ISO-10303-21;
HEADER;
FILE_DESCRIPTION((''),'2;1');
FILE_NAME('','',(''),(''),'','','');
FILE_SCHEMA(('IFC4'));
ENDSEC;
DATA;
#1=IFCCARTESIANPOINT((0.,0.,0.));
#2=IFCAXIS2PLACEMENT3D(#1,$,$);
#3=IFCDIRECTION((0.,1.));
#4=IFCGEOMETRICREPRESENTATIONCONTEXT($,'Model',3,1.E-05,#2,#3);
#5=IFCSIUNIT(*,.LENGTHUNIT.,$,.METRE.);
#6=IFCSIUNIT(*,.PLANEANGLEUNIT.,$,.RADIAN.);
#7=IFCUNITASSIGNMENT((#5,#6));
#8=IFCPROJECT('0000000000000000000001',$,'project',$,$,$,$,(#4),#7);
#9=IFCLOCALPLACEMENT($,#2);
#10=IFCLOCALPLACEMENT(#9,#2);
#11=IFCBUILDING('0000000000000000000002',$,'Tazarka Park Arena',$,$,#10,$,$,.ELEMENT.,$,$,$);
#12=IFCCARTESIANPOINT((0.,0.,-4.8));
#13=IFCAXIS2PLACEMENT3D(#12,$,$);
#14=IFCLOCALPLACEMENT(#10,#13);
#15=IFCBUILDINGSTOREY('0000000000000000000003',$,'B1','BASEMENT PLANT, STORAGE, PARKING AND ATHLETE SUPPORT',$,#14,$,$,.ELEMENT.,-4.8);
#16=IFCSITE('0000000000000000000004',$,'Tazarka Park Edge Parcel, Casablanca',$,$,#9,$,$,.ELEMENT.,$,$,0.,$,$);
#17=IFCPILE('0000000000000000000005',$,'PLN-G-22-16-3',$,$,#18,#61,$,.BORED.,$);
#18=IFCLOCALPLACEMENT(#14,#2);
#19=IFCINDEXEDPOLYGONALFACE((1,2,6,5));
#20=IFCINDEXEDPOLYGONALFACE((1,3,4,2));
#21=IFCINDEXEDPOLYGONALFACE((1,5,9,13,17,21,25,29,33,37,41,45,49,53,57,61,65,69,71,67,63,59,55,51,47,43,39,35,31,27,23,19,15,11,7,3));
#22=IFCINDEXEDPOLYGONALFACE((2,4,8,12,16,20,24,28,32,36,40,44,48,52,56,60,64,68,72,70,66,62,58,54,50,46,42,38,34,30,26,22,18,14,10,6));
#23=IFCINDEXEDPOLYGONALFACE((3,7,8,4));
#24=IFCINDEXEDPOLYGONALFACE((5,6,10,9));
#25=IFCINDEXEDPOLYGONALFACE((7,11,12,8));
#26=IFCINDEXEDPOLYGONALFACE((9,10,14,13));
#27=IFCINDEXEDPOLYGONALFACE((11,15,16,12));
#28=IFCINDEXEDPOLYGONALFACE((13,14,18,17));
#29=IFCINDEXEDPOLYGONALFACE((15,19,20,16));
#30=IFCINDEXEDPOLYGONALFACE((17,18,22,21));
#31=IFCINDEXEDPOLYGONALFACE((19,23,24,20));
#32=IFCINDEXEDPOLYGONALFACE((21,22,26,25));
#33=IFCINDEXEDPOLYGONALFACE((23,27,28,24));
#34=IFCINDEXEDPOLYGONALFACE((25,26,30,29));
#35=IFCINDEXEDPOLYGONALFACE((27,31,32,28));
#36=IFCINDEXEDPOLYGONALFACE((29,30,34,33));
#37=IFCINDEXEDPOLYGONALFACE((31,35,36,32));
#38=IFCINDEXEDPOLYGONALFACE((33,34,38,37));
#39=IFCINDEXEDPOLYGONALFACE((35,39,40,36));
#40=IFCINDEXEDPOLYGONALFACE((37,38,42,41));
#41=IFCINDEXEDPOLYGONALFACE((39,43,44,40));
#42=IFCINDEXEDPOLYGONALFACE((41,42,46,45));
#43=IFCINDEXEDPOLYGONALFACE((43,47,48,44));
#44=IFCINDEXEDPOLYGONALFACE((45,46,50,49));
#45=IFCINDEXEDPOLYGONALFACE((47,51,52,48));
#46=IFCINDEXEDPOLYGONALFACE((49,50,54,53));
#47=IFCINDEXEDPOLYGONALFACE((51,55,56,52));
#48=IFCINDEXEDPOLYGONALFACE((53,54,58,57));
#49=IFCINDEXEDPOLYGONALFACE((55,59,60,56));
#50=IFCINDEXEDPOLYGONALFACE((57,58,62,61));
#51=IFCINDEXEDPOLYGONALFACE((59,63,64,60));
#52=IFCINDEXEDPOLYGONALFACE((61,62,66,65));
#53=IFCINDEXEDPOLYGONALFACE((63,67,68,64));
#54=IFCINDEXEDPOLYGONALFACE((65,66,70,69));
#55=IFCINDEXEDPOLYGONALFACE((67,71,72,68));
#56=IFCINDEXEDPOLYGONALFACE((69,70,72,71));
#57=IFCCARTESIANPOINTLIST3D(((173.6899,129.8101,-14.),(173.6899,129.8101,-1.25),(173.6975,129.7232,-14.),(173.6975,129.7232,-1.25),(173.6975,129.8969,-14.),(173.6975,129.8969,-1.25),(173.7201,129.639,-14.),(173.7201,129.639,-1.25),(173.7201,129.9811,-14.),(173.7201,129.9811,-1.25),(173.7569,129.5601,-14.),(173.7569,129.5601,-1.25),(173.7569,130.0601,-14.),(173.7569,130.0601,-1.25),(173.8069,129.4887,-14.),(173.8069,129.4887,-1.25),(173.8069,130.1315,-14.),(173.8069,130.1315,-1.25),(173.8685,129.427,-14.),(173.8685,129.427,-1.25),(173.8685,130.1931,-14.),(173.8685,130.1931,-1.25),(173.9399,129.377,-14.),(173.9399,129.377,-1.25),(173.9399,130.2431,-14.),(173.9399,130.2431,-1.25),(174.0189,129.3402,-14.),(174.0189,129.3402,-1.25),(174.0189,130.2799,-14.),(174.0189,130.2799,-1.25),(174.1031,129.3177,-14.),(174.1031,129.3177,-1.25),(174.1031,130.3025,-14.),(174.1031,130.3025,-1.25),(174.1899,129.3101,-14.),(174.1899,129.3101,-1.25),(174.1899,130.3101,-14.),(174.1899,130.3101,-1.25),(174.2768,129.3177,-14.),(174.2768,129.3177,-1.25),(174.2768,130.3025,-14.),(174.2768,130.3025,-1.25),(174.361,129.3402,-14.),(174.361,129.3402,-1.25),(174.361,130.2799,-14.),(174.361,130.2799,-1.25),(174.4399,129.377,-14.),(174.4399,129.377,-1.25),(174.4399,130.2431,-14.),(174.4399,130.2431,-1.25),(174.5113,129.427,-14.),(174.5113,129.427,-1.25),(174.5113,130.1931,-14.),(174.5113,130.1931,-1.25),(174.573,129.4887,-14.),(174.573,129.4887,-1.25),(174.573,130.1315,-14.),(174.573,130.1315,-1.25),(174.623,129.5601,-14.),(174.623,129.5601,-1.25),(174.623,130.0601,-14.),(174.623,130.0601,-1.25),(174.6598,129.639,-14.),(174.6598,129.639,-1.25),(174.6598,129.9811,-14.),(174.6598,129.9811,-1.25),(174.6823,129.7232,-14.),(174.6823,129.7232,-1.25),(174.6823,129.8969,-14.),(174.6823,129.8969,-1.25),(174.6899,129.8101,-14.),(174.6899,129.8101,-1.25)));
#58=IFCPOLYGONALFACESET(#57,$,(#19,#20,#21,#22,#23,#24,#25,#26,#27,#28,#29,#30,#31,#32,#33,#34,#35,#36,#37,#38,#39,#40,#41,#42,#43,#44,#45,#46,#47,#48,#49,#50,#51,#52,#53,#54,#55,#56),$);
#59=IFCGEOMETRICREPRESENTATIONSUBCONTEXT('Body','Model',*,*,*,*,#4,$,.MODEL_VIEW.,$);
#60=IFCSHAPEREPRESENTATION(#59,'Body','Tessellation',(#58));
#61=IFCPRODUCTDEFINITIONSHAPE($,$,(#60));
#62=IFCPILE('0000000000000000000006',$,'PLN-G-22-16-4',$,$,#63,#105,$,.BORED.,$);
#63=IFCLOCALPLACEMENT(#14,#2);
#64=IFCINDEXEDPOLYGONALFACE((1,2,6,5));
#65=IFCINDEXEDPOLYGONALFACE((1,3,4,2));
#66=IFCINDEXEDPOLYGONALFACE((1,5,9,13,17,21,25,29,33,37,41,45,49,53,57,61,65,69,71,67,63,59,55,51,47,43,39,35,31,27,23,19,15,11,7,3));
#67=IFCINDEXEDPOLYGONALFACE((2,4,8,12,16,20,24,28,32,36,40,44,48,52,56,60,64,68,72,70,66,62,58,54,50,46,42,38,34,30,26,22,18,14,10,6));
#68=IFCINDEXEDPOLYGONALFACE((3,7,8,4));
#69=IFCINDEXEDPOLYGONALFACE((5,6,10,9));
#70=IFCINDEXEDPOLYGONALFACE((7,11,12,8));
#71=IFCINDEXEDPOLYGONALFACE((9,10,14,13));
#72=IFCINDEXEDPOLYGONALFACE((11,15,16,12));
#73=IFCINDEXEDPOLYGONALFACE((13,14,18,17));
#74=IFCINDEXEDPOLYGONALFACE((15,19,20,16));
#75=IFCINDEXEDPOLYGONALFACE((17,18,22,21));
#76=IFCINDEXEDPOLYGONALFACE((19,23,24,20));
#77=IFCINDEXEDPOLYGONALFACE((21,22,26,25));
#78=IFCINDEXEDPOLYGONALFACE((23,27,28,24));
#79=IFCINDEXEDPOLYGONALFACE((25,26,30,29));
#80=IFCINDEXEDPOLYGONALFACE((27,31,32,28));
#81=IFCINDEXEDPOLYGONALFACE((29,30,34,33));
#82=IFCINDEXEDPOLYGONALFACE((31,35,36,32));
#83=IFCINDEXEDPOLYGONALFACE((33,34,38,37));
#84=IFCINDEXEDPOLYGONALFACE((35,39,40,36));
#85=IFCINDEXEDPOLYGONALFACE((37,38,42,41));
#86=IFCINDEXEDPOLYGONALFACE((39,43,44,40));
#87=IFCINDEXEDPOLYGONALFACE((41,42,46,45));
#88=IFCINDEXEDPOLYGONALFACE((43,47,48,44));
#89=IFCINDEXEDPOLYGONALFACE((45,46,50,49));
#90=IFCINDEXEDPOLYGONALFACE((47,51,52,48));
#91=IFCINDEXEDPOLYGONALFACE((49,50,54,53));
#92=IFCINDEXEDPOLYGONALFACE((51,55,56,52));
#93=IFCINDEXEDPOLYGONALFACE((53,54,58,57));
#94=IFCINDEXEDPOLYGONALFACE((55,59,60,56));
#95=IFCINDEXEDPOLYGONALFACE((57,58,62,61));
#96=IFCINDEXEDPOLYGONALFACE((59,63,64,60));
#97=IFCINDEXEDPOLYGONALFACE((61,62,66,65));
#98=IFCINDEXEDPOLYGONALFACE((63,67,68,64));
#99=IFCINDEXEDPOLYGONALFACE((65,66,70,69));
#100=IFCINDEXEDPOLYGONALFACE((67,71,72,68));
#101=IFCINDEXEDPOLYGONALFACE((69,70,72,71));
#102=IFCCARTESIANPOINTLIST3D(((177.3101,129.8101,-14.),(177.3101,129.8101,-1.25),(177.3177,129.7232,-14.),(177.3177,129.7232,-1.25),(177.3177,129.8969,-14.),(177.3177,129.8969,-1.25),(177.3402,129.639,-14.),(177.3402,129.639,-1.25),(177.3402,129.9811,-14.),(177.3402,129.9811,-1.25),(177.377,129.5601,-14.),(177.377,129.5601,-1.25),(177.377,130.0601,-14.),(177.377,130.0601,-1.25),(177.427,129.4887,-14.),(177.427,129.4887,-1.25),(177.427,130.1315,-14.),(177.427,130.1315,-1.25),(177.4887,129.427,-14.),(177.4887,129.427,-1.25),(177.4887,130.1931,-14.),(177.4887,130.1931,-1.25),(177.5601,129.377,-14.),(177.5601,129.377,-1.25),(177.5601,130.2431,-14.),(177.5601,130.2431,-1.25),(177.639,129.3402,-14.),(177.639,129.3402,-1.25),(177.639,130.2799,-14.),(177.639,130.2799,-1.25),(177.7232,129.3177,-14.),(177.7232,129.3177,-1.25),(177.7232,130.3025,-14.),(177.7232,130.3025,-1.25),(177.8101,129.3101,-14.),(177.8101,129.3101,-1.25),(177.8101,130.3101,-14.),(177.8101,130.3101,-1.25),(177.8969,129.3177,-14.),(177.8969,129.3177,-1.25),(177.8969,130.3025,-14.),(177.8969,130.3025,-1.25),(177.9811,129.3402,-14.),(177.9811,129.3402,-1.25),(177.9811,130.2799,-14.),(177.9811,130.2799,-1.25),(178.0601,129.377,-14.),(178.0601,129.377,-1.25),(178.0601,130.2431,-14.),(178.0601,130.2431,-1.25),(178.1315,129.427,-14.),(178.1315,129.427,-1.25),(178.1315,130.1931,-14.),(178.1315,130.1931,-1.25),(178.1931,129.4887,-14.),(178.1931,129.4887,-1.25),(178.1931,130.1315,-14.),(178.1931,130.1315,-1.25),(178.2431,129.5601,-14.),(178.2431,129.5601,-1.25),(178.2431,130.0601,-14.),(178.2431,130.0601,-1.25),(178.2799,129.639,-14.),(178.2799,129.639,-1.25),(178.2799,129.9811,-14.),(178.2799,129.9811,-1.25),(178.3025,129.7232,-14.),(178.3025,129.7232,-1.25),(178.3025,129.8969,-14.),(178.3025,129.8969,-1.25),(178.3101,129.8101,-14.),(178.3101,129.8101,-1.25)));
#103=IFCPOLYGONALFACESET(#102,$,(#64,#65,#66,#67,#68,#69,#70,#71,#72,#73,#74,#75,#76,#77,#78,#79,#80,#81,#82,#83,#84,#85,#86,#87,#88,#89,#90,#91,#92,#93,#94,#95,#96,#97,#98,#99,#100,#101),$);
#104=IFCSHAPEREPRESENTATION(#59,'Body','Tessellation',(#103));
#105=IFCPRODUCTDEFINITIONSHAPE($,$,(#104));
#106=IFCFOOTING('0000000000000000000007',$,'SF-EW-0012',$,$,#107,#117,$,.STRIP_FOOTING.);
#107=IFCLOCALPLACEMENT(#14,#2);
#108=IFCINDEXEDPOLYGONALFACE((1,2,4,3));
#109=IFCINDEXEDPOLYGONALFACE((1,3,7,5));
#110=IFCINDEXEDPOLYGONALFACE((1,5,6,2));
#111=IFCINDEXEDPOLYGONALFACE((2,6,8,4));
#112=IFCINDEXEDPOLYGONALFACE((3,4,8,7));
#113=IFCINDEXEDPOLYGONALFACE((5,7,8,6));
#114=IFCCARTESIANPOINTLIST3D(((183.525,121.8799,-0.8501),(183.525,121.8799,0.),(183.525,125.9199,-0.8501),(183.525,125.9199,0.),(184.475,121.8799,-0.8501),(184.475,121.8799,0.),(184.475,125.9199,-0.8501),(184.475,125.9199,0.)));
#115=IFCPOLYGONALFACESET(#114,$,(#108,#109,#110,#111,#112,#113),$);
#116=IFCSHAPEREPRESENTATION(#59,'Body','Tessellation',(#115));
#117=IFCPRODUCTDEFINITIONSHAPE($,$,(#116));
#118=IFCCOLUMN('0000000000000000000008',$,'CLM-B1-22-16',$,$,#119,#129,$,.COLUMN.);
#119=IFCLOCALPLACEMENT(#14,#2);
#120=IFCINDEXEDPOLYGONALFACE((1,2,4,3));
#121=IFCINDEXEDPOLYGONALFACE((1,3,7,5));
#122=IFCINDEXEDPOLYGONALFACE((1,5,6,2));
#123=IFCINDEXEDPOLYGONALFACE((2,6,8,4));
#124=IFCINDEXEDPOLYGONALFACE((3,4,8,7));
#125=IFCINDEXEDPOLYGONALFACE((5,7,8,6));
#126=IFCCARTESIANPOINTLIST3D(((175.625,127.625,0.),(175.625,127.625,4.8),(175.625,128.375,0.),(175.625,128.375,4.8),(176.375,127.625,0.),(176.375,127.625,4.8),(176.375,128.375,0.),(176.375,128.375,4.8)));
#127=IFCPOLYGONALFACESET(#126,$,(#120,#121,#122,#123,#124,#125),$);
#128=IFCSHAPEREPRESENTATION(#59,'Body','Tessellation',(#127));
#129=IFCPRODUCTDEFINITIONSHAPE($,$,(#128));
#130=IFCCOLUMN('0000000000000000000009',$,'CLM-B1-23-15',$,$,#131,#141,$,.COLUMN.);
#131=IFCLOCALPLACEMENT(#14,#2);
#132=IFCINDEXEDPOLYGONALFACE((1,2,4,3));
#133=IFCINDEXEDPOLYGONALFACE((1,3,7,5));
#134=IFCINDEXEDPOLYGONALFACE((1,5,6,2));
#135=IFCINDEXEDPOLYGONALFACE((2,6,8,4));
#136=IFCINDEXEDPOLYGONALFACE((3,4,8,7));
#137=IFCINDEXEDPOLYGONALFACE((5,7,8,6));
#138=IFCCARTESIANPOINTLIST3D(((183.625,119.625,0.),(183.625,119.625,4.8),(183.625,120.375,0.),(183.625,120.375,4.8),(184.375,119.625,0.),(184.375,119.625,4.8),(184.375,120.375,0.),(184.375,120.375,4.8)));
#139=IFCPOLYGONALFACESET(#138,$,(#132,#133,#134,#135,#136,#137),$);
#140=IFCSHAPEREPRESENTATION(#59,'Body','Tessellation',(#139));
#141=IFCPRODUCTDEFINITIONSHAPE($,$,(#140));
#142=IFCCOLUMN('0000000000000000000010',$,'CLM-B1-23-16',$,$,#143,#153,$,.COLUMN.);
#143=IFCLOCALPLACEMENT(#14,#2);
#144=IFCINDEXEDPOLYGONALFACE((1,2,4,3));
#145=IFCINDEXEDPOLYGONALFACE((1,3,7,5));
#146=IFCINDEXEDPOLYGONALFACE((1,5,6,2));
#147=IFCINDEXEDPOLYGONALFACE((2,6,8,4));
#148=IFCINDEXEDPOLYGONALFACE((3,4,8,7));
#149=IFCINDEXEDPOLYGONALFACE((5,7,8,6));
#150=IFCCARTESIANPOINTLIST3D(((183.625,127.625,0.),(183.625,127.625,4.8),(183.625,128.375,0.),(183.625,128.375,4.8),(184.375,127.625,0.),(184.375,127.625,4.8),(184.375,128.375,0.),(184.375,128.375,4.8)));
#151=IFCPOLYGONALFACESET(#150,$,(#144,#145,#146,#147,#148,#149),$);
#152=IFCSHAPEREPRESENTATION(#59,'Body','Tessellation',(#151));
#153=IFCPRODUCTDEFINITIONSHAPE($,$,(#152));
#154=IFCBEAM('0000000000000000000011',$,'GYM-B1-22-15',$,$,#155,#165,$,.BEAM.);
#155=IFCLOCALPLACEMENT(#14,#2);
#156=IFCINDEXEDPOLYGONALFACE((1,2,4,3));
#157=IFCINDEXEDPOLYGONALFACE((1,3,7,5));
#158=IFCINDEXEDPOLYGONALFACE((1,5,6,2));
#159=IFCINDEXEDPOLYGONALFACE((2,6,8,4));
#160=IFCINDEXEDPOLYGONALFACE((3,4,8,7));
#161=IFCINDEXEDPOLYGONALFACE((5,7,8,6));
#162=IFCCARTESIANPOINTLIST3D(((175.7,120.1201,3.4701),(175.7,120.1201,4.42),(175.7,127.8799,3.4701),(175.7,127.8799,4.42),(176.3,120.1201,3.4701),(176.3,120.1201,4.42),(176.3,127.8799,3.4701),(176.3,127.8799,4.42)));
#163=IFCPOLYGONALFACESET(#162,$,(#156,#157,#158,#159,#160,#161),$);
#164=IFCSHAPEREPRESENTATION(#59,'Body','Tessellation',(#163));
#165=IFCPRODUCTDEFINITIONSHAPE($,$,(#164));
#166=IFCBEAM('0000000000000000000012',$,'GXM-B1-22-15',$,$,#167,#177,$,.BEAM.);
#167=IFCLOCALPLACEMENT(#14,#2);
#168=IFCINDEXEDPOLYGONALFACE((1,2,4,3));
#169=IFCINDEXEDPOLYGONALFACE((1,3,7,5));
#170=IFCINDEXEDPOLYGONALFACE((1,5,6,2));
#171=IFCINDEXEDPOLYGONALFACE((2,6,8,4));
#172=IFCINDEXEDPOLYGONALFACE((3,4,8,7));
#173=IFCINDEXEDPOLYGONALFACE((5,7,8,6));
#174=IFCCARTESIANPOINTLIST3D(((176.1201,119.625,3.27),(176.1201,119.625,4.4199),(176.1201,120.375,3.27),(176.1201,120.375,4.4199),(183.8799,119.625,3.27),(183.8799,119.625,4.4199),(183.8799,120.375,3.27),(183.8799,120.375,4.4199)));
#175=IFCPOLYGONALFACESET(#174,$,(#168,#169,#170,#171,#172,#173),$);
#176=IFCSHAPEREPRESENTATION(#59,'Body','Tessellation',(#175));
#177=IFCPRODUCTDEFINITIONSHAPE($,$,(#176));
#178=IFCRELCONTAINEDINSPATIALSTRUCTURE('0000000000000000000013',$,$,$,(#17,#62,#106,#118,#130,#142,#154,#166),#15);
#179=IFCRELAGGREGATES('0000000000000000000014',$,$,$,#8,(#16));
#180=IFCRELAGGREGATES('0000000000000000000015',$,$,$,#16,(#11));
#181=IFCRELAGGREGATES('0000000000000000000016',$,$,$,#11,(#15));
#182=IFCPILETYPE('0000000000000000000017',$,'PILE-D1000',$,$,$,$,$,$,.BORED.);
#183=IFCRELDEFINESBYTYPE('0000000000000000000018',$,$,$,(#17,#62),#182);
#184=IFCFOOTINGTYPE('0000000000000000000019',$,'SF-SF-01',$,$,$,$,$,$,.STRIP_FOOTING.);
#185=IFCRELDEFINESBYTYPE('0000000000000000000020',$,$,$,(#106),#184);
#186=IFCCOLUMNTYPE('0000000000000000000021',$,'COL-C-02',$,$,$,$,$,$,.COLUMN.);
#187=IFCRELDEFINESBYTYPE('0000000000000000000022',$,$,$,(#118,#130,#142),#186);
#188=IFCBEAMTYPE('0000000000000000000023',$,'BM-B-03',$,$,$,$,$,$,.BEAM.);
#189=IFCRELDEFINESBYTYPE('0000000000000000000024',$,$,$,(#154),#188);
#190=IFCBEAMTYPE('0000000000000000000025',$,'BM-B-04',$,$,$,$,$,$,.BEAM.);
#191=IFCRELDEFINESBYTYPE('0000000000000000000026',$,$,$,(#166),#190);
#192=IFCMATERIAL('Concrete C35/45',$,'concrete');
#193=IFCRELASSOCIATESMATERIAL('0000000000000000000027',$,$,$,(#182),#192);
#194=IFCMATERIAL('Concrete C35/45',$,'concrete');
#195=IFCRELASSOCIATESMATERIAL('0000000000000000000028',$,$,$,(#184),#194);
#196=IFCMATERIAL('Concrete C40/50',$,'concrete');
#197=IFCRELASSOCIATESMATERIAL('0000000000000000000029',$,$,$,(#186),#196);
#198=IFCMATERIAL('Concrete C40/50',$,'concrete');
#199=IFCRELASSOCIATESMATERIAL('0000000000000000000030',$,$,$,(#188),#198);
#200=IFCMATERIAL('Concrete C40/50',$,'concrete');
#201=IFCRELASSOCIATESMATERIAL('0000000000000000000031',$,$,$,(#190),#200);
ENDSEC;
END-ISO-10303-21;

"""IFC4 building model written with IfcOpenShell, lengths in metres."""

from ifc_helpers import new_model, si_unit, direction, frame, origin, origin_2d, place, context, subcontext, project, spatial, rectangle, circle, extrude, material, material_profile, profile_set, type_object, element, save


model = new_model("IFC4")

# Units and contexts
model_context = context("Model", 3, precision=1e-05, world=origin(), true_north=direction((0.0, 1.0)))
body_context = subcontext(model_context, "Body", "Model", "MODEL_VIEW")
ifc_project = project(units=[si_unit("LENGTHUNIT", "METRE"), si_unit("PLANEANGLEUNIT", "RADIAN")], contexts=[model_context])

# Site, building, storey
site_placement = place(None, origin())
site = spatial("IfcSite", under=ifc_project, at=site_placement, Name="Tazarka Park Edge Parcel, Casablanca", CompositionType="ELEMENT", RefElevation=0.0)
building_placement = place(site_placement, origin())
building = spatial("IfcBuilding", under=site, at=building_placement, Name="Tazarka Park Arena", CompositionType="ELEMENT")
storey_placement = place(building_placement, frame((0.0, 0.0, -4.8)))
storey = spatial("IfcBuildingStorey", under=building, at=storey_placement, Name="B1", Description="BASEMENT PLANT, STORAGE, PARKING AND ATHLETE SUPPORT", CompositionType="ELEMENT", Elevation=-4.8)

# Piles
ifc_material_1 = material(Name="Concrete C35/45", Category="concrete")
ifc_material_profile_1 = material_profile(ifc_material_1, circle(Radius=0.5, at=origin_2d()), Name="Concrete C35/45")
ifc_profile_set_1 = profile_set([ifc_material_profile_1], Name="Concrete C35/45")
pile_type = type_object("IfcPileType", Name="PILE-D1000", PredefinedType="BORED", material=ifc_profile_set_1)
for number, where, z_axis, x_axis, name in (
    (1, (174.1899, 129.8101, -1.25), (0.0, 0.0, -1.0), (1.0, 0.0, 0.0), "PLN-G-22-16-3"),
    (2, (177.8101, 129.8101, -1.25), (0.0, 0.0, -1.0), (1.0, 0.0, 0.0), "PLN-G-22-16-4"),
):
    element("IfcPile", number, at=place(storey_placement, frame(where, z_axis=z_axis, x_axis=x_axis)), inside=storey, type_object=pile_type, Name=name, PredefinedType="BORED", context=body_context, shape_type="SweptSolid", body=[
        extrude(circle(Radius=0.5, at=origin_2d()), origin(), (0.0, 0.0, 1.0), 12.75),
    ])

# Footing
ifc_material_2 = material(Name="Concrete C35/45", Category="concrete")
ifc_material_profile_2 = material_profile(ifc_material_2, rectangle(XDim=0.95, YDim=0.8501, at=origin_2d()), Name="Concrete C35/45")
ifc_profile_set_2 = profile_set([ifc_material_profile_2], Name="Concrete C35/45")
footing_type_1 = type_object("IfcFootingType", Name="SF-SF-01", PredefinedType="STRIP_FOOTING", material=ifc_profile_set_2)
footing_1_placement = place(storey_placement, frame((184.0, 125.9199, -0.425), z_axis=(0.0, -1.0, 0.0), x_axis=(1.0, 0.0, 0.0)))
element("IfcFooting", 3, at=footing_1_placement, inside=storey, type_object=footing_type_1, Name="SF-EW-0012", PredefinedType="STRIP_FOOTING", context=body_context, shape_type="SweptSolid", body=[
    extrude(rectangle(XDim=0.95, YDim=0.8501, at=origin_2d()), origin(), (0.0, 0.0, 1.0), 4.04),
])

# Columns
ifc_material_3 = material(Name="Concrete C40/50", Category="concrete")
ifc_material_profile_3 = material_profile(ifc_material_3, rectangle(XDim=0.75, YDim=0.75, at=origin_2d()), Name="Concrete C40/50")
ifc_profile_set_3 = profile_set([ifc_material_profile_3], Name="Concrete C40/50")
column_type = type_object("IfcColumnType", Name="COL-C-02", PredefinedType="COLUMN", material=ifc_profile_set_3)
for number, where, z_axis, x_axis, name in (
    (4, (176.0, 128.0, 0.0), (0.0, 0.0, 1.0), (1.0, 0.0, 0.0), "CLM-B1-22-16"),
    (5, (184.0, 120.0, 0.0), (0.0, 0.0, 1.0), (1.0, 0.0, 0.0), "CLM-B1-23-15"),
    (6, (184.0, 128.0, 0.0), (0.0, 0.0, 1.0), (1.0, 0.0, 0.0), "CLM-B1-23-16"),
):
    element("IfcColumn", number, at=place(storey_placement, frame(where, z_axis=z_axis, x_axis=x_axis)), inside=storey, type_object=column_type, Name=name, PredefinedType="COLUMN", context=body_context, shape_type="SweptSolid", body=[
        extrude(rectangle(XDim=0.75, YDim=0.75, at=origin_2d()), origin(), (0.0, 0.0, 1.0), 4.8),
    ])

# Beams
ifc_material_4 = material(Name="Concrete C40/50", Category="concrete")
ifc_material_profile_4 = material_profile(ifc_material_4, rectangle(XDim=0.6001, YDim=0.95, at=origin_2d()), Name="Concrete C40/50")
ifc_profile_set_4 = profile_set([ifc_material_profile_4], Name="Concrete C40/50")
beam_type_1 = type_object("IfcBeamType", Name="BM-B-03", PredefinedType="BEAM", material=ifc_profile_set_4)
beam_1_placement = place(storey_placement, frame((176.0, 120.1201, 3.9451), z_axis=(0.0, 1.0, 0.0), x_axis=(-1.0, 0.0, 0.0)))
element("IfcBeam", 7, at=beam_1_placement, inside=storey, type_object=beam_type_1, Name="GYM-B1-22-15", PredefinedType="BEAM", context=body_context, shape_type="SweptSolid", body=[
    extrude(rectangle(XDim=0.6001, YDim=0.95, at=origin_2d()), origin(), (0.0, 0.0, 1.0), 7.7598),
])
ifc_material_5 = material(Name="Concrete C40/50", Category="concrete")
ifc_material_profile_5 = material_profile(ifc_material_5, rectangle(XDim=0.75, YDim=1.1499, at=origin_2d()), Name="Concrete C40/50")
ifc_profile_set_5 = profile_set([ifc_material_profile_5], Name="Concrete C40/50")
beam_type_2 = type_object("IfcBeamType", Name="BM-B-04", PredefinedType="BEAM", material=ifc_profile_set_5)
beam_2_placement = place(storey_placement, frame((176.1201, 120.0, 3.845), z_axis=(1.0, 0.0, 0.0), x_axis=(0.0, 1.0, 0.0)))
element("IfcBeam", 8, at=beam_2_placement, inside=storey, type_object=beam_type_2, Name="GXM-B1-22-15", PredefinedType="BEAM", context=body_context, shape_type="SweptSolid", body=[
    extrude(rectangle(XDim=0.75, YDim=1.1499, at=origin_2d()), origin(), (0.0, 0.0, 1.0), 7.7598),
])

save(model, "model.ifc")
